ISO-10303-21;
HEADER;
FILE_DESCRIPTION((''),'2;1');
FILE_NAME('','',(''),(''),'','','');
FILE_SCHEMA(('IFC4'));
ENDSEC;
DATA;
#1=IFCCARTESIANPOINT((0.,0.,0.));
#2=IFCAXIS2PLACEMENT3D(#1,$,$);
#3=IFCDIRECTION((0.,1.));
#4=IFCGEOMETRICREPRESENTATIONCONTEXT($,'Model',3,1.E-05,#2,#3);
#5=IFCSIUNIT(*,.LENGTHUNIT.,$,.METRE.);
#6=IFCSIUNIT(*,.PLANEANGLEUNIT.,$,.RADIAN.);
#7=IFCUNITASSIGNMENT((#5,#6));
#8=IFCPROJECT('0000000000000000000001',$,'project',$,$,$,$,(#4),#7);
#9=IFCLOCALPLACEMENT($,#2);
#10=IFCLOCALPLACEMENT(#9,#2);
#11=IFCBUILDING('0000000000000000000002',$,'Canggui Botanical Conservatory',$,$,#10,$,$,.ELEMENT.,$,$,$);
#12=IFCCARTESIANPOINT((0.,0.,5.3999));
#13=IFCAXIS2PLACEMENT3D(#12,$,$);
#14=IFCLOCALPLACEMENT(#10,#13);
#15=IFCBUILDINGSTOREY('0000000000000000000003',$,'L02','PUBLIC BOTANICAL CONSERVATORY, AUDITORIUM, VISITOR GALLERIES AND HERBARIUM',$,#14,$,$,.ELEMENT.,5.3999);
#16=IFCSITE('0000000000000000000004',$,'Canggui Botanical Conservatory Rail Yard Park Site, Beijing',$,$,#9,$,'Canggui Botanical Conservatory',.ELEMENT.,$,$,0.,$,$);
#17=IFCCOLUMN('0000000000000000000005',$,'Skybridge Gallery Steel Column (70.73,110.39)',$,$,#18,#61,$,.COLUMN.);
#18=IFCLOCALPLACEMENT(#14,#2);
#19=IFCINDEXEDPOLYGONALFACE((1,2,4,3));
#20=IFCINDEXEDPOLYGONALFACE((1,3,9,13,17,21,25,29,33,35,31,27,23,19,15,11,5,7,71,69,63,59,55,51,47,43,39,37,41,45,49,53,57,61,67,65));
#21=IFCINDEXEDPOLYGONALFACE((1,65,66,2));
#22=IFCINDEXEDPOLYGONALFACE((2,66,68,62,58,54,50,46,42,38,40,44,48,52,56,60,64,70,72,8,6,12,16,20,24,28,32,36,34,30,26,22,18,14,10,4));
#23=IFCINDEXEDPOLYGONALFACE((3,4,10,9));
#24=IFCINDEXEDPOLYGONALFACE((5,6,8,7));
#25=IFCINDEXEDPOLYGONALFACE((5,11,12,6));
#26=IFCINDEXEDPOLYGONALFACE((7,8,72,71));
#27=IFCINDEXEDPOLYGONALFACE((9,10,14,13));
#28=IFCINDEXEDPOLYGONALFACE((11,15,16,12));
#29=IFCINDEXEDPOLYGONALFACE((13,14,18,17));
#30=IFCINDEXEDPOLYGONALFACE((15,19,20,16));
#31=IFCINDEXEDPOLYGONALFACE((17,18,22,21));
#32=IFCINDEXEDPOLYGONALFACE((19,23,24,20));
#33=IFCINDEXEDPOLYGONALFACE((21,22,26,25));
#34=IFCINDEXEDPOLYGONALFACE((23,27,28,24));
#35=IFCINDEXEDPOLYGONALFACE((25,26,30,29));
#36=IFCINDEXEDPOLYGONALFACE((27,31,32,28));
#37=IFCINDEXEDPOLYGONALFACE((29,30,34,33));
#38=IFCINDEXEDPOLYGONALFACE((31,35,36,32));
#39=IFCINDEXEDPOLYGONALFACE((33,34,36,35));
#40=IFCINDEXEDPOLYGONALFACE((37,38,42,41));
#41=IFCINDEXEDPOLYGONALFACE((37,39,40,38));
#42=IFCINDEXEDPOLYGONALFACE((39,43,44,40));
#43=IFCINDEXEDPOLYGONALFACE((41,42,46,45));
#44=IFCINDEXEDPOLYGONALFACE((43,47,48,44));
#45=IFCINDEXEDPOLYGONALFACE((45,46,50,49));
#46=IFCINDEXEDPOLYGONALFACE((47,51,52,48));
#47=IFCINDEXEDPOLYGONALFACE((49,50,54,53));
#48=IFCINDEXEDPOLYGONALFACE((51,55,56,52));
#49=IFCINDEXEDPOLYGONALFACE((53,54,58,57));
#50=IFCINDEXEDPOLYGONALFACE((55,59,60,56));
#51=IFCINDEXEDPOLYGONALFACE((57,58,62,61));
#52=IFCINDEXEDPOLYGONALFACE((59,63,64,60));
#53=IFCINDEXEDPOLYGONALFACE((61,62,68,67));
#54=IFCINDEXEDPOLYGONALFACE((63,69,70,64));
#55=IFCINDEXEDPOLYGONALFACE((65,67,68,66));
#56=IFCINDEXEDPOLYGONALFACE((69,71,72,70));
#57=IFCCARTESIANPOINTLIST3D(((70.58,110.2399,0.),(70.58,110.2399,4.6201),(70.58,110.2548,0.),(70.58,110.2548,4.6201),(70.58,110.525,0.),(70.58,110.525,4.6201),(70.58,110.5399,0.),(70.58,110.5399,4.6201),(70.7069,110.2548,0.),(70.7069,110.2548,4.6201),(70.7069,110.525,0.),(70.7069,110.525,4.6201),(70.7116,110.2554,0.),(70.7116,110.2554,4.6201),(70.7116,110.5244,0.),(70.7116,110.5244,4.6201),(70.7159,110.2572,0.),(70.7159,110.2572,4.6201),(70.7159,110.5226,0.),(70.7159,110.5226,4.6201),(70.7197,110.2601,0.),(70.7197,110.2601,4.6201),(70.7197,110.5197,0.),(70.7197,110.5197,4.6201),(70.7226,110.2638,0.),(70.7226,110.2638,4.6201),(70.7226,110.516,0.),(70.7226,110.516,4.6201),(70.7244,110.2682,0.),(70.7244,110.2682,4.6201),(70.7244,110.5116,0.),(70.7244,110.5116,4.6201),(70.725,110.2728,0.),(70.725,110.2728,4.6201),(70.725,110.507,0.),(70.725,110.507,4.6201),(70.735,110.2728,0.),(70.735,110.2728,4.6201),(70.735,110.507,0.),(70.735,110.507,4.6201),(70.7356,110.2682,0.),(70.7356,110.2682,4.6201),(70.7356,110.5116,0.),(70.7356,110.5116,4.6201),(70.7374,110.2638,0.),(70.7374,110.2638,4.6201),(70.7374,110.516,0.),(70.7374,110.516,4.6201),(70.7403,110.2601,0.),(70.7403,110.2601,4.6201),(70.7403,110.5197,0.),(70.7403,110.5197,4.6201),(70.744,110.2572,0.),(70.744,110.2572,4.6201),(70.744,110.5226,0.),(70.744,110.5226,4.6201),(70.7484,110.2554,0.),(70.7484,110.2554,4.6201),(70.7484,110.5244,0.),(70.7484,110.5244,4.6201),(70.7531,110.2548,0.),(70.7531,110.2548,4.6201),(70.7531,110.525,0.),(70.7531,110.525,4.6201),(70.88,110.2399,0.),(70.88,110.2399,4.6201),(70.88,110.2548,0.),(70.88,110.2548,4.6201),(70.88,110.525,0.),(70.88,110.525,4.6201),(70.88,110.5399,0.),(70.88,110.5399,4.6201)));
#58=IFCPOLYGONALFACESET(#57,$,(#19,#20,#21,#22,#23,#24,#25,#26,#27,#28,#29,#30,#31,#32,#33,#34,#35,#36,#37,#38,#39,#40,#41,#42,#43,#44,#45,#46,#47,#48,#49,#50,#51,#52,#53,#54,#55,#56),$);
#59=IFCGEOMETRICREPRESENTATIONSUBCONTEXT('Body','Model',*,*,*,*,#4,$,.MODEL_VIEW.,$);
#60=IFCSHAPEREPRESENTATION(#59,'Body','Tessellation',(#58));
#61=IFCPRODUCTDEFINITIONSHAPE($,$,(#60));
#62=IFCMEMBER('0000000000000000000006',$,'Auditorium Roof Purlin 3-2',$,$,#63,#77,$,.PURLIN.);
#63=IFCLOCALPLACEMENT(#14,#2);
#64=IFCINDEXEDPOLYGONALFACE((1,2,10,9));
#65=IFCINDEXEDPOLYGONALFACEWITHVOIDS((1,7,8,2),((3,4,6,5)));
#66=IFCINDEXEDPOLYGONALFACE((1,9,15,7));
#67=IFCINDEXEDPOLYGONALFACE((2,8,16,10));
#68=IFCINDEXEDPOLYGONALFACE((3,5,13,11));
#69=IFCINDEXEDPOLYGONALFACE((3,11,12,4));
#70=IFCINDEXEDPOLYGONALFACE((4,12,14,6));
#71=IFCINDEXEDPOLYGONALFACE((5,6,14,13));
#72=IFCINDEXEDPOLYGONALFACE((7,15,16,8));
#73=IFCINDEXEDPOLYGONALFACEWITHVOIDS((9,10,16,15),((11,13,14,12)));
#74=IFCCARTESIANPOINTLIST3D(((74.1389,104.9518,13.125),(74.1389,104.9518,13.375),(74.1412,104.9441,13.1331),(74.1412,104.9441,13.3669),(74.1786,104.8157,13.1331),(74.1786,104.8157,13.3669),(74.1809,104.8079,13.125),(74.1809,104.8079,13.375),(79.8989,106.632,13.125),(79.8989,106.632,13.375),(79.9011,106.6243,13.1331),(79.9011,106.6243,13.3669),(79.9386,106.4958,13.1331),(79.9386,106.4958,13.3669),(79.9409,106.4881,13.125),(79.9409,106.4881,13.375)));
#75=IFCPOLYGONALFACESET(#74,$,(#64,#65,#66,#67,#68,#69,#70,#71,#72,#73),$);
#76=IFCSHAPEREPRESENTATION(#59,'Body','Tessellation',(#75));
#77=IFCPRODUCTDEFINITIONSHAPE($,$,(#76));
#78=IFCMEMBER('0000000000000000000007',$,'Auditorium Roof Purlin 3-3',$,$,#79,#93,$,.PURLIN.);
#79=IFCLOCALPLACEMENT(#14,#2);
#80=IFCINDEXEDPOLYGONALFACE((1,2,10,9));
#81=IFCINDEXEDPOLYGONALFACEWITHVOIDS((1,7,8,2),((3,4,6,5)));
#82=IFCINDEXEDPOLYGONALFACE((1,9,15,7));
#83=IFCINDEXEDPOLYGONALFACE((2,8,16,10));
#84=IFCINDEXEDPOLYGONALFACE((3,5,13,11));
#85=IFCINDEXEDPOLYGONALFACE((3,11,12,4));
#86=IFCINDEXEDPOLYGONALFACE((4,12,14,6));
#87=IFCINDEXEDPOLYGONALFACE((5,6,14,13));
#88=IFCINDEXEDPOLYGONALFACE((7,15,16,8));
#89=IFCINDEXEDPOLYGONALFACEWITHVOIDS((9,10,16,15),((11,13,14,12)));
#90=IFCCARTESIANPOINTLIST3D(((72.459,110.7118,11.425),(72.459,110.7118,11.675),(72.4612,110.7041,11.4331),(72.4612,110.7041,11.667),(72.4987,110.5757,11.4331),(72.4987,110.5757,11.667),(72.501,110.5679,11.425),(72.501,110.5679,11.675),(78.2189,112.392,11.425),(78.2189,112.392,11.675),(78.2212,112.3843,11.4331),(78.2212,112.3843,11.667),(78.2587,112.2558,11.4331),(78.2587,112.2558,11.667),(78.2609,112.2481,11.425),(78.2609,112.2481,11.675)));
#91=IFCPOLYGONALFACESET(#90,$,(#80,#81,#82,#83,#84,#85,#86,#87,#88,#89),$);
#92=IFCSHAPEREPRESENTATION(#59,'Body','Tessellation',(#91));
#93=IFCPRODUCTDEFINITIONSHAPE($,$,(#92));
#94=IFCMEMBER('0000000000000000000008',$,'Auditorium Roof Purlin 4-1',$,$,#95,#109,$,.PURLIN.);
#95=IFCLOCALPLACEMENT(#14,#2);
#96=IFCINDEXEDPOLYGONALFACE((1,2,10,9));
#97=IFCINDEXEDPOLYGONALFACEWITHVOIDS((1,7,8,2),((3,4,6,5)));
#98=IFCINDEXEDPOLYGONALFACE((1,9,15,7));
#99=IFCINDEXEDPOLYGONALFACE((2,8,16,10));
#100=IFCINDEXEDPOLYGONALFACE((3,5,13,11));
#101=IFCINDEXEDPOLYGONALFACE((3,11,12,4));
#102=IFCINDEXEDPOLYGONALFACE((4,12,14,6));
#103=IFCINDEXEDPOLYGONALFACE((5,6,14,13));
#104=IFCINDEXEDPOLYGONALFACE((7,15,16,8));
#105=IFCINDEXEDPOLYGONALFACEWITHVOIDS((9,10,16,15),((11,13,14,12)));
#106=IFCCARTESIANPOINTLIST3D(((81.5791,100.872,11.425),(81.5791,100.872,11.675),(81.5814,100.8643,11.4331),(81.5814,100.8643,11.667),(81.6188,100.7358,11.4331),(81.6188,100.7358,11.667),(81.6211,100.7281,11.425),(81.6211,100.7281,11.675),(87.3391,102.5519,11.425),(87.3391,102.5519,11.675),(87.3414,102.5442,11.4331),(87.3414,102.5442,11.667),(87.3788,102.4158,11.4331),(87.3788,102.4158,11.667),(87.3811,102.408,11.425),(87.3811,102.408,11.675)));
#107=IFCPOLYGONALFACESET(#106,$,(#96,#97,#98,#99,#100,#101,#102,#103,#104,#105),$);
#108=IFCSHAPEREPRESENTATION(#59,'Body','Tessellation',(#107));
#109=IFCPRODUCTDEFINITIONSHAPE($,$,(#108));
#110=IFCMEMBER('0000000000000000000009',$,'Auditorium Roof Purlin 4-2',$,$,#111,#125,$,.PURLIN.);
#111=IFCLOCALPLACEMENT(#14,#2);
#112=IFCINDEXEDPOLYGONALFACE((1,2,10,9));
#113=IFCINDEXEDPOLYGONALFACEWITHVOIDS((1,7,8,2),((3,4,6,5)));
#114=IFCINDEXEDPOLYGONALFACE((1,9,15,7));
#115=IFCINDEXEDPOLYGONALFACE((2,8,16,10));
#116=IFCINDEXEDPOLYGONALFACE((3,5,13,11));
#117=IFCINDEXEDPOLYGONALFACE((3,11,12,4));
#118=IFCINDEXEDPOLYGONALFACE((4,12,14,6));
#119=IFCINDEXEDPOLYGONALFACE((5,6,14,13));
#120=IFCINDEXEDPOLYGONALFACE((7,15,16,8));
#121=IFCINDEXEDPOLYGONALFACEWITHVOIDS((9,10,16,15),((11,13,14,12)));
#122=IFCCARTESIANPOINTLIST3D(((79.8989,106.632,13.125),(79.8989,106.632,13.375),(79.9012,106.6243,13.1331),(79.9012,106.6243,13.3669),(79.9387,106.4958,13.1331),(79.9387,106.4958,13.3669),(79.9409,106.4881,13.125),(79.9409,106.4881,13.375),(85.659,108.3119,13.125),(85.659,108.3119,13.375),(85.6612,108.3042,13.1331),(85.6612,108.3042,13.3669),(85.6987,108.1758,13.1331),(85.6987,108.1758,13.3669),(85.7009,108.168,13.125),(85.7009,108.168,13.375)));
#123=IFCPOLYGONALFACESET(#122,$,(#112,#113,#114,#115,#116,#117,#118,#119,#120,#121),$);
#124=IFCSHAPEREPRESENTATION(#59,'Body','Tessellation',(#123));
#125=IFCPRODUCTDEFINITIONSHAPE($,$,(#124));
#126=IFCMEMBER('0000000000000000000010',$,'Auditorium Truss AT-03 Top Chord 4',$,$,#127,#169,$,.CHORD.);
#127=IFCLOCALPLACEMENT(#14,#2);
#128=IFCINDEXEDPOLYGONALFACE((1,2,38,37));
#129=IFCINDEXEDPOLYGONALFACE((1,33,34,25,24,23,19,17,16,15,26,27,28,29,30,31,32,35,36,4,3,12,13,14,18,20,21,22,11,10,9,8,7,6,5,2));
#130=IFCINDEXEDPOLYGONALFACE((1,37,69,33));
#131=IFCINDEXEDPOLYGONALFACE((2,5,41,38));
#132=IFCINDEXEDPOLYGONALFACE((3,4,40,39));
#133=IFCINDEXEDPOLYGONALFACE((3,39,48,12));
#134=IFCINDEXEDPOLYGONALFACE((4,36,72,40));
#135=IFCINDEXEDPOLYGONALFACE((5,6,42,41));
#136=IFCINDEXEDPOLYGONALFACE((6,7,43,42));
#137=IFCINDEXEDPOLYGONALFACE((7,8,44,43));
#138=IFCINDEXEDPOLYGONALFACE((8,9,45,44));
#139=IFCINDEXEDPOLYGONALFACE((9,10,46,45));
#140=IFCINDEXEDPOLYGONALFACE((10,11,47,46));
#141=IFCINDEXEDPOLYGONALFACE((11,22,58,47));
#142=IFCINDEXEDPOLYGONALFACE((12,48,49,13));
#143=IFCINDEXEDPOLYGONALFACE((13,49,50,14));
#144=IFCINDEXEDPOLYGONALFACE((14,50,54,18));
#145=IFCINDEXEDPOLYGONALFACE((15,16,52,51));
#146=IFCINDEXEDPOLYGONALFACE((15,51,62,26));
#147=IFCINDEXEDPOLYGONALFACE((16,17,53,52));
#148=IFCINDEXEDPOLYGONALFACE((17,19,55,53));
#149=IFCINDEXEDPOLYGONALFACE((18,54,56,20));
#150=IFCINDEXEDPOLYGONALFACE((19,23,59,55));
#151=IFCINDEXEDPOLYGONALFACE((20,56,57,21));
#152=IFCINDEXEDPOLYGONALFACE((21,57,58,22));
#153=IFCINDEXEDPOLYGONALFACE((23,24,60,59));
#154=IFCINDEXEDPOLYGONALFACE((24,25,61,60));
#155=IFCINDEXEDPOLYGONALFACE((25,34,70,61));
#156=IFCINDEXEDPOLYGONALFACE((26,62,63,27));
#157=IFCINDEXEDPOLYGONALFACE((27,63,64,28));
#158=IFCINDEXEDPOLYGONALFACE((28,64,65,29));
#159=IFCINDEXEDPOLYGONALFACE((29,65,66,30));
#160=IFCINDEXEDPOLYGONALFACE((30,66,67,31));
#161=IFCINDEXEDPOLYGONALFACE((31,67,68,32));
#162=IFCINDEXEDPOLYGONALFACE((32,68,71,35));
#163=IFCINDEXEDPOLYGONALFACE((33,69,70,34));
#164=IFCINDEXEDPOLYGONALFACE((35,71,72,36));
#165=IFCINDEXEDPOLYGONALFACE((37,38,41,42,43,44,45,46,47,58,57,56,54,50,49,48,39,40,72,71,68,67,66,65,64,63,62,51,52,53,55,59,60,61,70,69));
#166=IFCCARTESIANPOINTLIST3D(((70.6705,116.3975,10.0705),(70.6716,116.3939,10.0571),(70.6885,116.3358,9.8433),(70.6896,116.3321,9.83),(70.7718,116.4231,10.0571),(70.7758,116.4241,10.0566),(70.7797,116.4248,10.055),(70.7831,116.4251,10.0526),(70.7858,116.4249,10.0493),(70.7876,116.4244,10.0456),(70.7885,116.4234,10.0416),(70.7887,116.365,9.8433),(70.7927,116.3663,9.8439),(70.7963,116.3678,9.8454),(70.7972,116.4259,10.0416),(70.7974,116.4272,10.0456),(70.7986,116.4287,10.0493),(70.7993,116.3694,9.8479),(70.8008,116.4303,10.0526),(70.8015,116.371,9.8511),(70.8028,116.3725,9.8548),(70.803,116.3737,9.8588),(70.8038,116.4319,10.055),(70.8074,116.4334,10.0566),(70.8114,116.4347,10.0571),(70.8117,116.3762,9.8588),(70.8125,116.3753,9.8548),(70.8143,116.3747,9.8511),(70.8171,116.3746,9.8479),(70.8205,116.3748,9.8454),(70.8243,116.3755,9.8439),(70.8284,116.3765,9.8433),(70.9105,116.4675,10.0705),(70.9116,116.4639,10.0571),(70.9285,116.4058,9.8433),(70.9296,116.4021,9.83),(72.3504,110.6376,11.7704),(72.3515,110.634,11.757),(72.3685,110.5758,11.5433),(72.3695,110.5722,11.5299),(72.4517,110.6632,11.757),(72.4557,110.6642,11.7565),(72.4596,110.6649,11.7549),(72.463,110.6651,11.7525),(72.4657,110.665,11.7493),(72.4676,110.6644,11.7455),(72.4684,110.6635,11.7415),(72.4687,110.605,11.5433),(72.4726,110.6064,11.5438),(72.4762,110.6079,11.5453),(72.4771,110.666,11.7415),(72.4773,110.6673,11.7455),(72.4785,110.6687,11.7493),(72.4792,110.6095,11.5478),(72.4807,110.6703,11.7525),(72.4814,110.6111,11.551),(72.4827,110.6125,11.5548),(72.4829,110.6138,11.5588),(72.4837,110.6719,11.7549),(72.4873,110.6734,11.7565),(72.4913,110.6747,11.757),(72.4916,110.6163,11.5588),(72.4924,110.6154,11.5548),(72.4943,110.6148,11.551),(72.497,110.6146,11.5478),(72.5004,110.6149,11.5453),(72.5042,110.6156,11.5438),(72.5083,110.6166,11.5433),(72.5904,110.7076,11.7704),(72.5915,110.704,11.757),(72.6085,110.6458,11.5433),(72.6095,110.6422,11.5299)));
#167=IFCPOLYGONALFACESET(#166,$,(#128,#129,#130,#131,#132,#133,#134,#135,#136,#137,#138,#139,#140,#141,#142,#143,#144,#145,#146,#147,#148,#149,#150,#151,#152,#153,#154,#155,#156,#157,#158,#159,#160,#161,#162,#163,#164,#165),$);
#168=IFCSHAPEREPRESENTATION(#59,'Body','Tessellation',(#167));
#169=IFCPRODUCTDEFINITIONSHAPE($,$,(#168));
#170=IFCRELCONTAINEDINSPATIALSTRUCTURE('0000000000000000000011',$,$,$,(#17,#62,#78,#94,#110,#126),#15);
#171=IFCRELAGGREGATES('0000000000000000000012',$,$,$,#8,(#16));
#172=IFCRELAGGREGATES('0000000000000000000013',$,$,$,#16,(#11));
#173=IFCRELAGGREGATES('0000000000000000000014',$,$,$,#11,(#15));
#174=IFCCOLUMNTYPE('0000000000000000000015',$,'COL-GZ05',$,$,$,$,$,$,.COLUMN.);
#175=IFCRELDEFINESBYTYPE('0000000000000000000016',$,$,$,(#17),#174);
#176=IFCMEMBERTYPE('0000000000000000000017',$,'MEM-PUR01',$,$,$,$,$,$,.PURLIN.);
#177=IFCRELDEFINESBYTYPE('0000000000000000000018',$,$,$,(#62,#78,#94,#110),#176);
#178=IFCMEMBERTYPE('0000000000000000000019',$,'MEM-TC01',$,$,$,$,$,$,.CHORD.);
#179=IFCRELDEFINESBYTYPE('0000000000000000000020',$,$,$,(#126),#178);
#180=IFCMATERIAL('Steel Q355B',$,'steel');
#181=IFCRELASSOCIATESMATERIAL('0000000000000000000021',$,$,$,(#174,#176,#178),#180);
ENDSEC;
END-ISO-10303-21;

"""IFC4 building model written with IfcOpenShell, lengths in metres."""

from ifc_helpers import new_model, si_unit, direction, frame, origin, origin_2d, place, context, subcontext, project, spatial, hollow_rectangle, i_section, extrude, material, material_profile, profile_set, type_object, element, save


model = new_model("IFC4")

# Units and contexts
model_context = context("Model", 3, precision=1e-05, world=origin(), true_north=direction((0.0, 1.0)))
body_context = subcontext(model_context, "Body", "Model", "MODEL_VIEW")
ifc_project = project(units=[si_unit("LENGTHUNIT", "METRE"), si_unit("PLANEANGLEUNIT", "RADIAN")], contexts=[model_context])

# Site, building, storey
site_placement = place(None, origin())
site = spatial("IfcSite", under=ifc_project, at=site_placement, Name="Canggui Botanical Conservatory Rail Yard Park Site, Beijing", LongName="Canggui Botanical Conservatory", CompositionType="ELEMENT", RefElevation=0.0)
building_placement = place(site_placement, origin())
building = spatial("IfcBuilding", under=site, at=building_placement, Name="Canggui Botanical Conservatory", CompositionType="ELEMENT")
storey_placement = place(building_placement, frame((0.0, 0.0, 5.3999)))
storey = spatial("IfcBuildingStorey", under=building, at=storey_placement, Name="L02", Description="PUBLIC BOTANICAL CONSERVATORY, AUDITORIUM, VISITOR GALLERIES AND HERBARIUM", CompositionType="ELEMENT", Elevation=5.3999)

# Column
ifc_material_1 = material(Name="Steel Q355B", Category="steel")
ifc_material_profile_1 = material_profile(ifc_material_1, i_section(OverallWidth=0.3, OverallDepth=0.3, WebThickness=0.01, FlangeThickness=0.0149, FilletRadius=0.0181, at=origin_2d()), Name="HW 300x300x10x15")
ifc_profile_set_1 = profile_set([ifc_material_profile_1], Name="Steel Q355B")
column_type = type_object("IfcColumnType", Name="COL-GZ05", PredefinedType="COLUMN", material=ifc_profile_set_1)
column_placement = place(storey_placement, frame((70.73, 110.3899, 0.0), z_axis=(0.0, 0.0, 1.0), x_axis=(1.0, 0.0, 0.0)))
element("IfcColumn", 1, at=column_placement, inside=storey, type_object=column_type, Name="Skybridge Gallery Steel Column (70.73,110.39)", PredefinedType="COLUMN", context=body_context, shape_type="SweptSolid", body=[
    extrude(i_section(OverallWidth=0.3, OverallDepth=0.3, WebThickness=0.01, FlangeThickness=0.0149, FilletRadius=0.0181, at=origin_2d()), origin(), (0.0, 0.0, 1.0), 4.6201),
])

# Members
ifc_material_profile_2 = material_profile(ifc_material_1, hollow_rectangle(XDim=0.1499, YDim=0.25, WallThickness=0.0081, at=origin_2d()), Name="RHS 150x250x8")
ifc_profile_set_2 = profile_set([ifc_material_profile_2], Name="Steel Q355B")
member_type_1 = type_object("IfcMemberType", Name="MEM-PUR01", PredefinedType="PURLIN", material=ifc_profile_set_2)
for number, where, z_axis, x_axis, name in (
    (2, (74.1599, 104.8799, 13.25), (0.959992, 0.280027, 0.0), (-0.280027, 0.959992, 0.0), "Auditorium Roof Purlin 3-2"),
    (3, (72.48, 110.6399, 11.55), (0.959992, 0.280027, 0.0), (-0.280027, 0.959992, 0.0), "Auditorium Roof Purlin 3-3"),
    (4, (81.6001, 100.8, 11.55), (0.960003, 0.279989, 0.0), (-0.279989, 0.960003, 0.0), "Auditorium Roof Purlin 4-1"),
    (5, (79.9199, 106.5601, 13.25), (0.960003, 0.279989, 0.0), (-0.279989, 0.960003, 0.0), "Auditorium Roof Purlin 4-2"),
):
    element("IfcMember", number, at=place(storey_placement, frame(where, z_axis=z_axis, x_axis=x_axis)), inside=storey, type_object=member_type_1, Name=name, PredefinedType="PURLIN", context=body_context, shape_type="SweptSolid", body=[
        extrude(hollow_rectangle(XDim=0.1499, YDim=0.25, WallThickness=0.0081, at=origin_2d()), origin(), (0.0, 0.0, 1.0), 6.0),
    ])
ifc_material_profile_3 = material_profile(ifc_material_1, i_section(OverallWidth=0.25, OverallDepth=0.25, WebThickness=0.009, FlangeThickness=0.0139, FilletRadius=0.0161, at=origin_2d()), Name="HW 250x250x9x14")
ifc_profile_set_3 = profile_set([ifc_material_profile_3], Name="Steel Q355B")
member_type_2 = type_object("IfcMemberType", Name="MEM-TC01", PredefinedType="CHORD", material=ifc_profile_set_3)
member_1_placement = place(storey_placement, frame((72.48, 110.6399, 11.6501), z_axis=(-0.269386, 0.923647, -0.272596), x_axis=(-0.960003, -0.279989, 0.0)))
element("IfcMember", 6, at=member_1_placement, inside=storey, type_object=member_type_2, Name="Auditorium Truss AT-03 Top Chord 4", PredefinedType="CHORD", context=body_context, shape_type="SweptSolid", body=[
    extrude(i_section(OverallWidth=0.25, OverallDepth=0.25, WebThickness=0.009, FlangeThickness=0.0139, FilletRadius=0.0161, at=origin_2d()), origin(), (0.0, 0.0, 1.0), 6.2361),
])

save(model, "model.ifc")
